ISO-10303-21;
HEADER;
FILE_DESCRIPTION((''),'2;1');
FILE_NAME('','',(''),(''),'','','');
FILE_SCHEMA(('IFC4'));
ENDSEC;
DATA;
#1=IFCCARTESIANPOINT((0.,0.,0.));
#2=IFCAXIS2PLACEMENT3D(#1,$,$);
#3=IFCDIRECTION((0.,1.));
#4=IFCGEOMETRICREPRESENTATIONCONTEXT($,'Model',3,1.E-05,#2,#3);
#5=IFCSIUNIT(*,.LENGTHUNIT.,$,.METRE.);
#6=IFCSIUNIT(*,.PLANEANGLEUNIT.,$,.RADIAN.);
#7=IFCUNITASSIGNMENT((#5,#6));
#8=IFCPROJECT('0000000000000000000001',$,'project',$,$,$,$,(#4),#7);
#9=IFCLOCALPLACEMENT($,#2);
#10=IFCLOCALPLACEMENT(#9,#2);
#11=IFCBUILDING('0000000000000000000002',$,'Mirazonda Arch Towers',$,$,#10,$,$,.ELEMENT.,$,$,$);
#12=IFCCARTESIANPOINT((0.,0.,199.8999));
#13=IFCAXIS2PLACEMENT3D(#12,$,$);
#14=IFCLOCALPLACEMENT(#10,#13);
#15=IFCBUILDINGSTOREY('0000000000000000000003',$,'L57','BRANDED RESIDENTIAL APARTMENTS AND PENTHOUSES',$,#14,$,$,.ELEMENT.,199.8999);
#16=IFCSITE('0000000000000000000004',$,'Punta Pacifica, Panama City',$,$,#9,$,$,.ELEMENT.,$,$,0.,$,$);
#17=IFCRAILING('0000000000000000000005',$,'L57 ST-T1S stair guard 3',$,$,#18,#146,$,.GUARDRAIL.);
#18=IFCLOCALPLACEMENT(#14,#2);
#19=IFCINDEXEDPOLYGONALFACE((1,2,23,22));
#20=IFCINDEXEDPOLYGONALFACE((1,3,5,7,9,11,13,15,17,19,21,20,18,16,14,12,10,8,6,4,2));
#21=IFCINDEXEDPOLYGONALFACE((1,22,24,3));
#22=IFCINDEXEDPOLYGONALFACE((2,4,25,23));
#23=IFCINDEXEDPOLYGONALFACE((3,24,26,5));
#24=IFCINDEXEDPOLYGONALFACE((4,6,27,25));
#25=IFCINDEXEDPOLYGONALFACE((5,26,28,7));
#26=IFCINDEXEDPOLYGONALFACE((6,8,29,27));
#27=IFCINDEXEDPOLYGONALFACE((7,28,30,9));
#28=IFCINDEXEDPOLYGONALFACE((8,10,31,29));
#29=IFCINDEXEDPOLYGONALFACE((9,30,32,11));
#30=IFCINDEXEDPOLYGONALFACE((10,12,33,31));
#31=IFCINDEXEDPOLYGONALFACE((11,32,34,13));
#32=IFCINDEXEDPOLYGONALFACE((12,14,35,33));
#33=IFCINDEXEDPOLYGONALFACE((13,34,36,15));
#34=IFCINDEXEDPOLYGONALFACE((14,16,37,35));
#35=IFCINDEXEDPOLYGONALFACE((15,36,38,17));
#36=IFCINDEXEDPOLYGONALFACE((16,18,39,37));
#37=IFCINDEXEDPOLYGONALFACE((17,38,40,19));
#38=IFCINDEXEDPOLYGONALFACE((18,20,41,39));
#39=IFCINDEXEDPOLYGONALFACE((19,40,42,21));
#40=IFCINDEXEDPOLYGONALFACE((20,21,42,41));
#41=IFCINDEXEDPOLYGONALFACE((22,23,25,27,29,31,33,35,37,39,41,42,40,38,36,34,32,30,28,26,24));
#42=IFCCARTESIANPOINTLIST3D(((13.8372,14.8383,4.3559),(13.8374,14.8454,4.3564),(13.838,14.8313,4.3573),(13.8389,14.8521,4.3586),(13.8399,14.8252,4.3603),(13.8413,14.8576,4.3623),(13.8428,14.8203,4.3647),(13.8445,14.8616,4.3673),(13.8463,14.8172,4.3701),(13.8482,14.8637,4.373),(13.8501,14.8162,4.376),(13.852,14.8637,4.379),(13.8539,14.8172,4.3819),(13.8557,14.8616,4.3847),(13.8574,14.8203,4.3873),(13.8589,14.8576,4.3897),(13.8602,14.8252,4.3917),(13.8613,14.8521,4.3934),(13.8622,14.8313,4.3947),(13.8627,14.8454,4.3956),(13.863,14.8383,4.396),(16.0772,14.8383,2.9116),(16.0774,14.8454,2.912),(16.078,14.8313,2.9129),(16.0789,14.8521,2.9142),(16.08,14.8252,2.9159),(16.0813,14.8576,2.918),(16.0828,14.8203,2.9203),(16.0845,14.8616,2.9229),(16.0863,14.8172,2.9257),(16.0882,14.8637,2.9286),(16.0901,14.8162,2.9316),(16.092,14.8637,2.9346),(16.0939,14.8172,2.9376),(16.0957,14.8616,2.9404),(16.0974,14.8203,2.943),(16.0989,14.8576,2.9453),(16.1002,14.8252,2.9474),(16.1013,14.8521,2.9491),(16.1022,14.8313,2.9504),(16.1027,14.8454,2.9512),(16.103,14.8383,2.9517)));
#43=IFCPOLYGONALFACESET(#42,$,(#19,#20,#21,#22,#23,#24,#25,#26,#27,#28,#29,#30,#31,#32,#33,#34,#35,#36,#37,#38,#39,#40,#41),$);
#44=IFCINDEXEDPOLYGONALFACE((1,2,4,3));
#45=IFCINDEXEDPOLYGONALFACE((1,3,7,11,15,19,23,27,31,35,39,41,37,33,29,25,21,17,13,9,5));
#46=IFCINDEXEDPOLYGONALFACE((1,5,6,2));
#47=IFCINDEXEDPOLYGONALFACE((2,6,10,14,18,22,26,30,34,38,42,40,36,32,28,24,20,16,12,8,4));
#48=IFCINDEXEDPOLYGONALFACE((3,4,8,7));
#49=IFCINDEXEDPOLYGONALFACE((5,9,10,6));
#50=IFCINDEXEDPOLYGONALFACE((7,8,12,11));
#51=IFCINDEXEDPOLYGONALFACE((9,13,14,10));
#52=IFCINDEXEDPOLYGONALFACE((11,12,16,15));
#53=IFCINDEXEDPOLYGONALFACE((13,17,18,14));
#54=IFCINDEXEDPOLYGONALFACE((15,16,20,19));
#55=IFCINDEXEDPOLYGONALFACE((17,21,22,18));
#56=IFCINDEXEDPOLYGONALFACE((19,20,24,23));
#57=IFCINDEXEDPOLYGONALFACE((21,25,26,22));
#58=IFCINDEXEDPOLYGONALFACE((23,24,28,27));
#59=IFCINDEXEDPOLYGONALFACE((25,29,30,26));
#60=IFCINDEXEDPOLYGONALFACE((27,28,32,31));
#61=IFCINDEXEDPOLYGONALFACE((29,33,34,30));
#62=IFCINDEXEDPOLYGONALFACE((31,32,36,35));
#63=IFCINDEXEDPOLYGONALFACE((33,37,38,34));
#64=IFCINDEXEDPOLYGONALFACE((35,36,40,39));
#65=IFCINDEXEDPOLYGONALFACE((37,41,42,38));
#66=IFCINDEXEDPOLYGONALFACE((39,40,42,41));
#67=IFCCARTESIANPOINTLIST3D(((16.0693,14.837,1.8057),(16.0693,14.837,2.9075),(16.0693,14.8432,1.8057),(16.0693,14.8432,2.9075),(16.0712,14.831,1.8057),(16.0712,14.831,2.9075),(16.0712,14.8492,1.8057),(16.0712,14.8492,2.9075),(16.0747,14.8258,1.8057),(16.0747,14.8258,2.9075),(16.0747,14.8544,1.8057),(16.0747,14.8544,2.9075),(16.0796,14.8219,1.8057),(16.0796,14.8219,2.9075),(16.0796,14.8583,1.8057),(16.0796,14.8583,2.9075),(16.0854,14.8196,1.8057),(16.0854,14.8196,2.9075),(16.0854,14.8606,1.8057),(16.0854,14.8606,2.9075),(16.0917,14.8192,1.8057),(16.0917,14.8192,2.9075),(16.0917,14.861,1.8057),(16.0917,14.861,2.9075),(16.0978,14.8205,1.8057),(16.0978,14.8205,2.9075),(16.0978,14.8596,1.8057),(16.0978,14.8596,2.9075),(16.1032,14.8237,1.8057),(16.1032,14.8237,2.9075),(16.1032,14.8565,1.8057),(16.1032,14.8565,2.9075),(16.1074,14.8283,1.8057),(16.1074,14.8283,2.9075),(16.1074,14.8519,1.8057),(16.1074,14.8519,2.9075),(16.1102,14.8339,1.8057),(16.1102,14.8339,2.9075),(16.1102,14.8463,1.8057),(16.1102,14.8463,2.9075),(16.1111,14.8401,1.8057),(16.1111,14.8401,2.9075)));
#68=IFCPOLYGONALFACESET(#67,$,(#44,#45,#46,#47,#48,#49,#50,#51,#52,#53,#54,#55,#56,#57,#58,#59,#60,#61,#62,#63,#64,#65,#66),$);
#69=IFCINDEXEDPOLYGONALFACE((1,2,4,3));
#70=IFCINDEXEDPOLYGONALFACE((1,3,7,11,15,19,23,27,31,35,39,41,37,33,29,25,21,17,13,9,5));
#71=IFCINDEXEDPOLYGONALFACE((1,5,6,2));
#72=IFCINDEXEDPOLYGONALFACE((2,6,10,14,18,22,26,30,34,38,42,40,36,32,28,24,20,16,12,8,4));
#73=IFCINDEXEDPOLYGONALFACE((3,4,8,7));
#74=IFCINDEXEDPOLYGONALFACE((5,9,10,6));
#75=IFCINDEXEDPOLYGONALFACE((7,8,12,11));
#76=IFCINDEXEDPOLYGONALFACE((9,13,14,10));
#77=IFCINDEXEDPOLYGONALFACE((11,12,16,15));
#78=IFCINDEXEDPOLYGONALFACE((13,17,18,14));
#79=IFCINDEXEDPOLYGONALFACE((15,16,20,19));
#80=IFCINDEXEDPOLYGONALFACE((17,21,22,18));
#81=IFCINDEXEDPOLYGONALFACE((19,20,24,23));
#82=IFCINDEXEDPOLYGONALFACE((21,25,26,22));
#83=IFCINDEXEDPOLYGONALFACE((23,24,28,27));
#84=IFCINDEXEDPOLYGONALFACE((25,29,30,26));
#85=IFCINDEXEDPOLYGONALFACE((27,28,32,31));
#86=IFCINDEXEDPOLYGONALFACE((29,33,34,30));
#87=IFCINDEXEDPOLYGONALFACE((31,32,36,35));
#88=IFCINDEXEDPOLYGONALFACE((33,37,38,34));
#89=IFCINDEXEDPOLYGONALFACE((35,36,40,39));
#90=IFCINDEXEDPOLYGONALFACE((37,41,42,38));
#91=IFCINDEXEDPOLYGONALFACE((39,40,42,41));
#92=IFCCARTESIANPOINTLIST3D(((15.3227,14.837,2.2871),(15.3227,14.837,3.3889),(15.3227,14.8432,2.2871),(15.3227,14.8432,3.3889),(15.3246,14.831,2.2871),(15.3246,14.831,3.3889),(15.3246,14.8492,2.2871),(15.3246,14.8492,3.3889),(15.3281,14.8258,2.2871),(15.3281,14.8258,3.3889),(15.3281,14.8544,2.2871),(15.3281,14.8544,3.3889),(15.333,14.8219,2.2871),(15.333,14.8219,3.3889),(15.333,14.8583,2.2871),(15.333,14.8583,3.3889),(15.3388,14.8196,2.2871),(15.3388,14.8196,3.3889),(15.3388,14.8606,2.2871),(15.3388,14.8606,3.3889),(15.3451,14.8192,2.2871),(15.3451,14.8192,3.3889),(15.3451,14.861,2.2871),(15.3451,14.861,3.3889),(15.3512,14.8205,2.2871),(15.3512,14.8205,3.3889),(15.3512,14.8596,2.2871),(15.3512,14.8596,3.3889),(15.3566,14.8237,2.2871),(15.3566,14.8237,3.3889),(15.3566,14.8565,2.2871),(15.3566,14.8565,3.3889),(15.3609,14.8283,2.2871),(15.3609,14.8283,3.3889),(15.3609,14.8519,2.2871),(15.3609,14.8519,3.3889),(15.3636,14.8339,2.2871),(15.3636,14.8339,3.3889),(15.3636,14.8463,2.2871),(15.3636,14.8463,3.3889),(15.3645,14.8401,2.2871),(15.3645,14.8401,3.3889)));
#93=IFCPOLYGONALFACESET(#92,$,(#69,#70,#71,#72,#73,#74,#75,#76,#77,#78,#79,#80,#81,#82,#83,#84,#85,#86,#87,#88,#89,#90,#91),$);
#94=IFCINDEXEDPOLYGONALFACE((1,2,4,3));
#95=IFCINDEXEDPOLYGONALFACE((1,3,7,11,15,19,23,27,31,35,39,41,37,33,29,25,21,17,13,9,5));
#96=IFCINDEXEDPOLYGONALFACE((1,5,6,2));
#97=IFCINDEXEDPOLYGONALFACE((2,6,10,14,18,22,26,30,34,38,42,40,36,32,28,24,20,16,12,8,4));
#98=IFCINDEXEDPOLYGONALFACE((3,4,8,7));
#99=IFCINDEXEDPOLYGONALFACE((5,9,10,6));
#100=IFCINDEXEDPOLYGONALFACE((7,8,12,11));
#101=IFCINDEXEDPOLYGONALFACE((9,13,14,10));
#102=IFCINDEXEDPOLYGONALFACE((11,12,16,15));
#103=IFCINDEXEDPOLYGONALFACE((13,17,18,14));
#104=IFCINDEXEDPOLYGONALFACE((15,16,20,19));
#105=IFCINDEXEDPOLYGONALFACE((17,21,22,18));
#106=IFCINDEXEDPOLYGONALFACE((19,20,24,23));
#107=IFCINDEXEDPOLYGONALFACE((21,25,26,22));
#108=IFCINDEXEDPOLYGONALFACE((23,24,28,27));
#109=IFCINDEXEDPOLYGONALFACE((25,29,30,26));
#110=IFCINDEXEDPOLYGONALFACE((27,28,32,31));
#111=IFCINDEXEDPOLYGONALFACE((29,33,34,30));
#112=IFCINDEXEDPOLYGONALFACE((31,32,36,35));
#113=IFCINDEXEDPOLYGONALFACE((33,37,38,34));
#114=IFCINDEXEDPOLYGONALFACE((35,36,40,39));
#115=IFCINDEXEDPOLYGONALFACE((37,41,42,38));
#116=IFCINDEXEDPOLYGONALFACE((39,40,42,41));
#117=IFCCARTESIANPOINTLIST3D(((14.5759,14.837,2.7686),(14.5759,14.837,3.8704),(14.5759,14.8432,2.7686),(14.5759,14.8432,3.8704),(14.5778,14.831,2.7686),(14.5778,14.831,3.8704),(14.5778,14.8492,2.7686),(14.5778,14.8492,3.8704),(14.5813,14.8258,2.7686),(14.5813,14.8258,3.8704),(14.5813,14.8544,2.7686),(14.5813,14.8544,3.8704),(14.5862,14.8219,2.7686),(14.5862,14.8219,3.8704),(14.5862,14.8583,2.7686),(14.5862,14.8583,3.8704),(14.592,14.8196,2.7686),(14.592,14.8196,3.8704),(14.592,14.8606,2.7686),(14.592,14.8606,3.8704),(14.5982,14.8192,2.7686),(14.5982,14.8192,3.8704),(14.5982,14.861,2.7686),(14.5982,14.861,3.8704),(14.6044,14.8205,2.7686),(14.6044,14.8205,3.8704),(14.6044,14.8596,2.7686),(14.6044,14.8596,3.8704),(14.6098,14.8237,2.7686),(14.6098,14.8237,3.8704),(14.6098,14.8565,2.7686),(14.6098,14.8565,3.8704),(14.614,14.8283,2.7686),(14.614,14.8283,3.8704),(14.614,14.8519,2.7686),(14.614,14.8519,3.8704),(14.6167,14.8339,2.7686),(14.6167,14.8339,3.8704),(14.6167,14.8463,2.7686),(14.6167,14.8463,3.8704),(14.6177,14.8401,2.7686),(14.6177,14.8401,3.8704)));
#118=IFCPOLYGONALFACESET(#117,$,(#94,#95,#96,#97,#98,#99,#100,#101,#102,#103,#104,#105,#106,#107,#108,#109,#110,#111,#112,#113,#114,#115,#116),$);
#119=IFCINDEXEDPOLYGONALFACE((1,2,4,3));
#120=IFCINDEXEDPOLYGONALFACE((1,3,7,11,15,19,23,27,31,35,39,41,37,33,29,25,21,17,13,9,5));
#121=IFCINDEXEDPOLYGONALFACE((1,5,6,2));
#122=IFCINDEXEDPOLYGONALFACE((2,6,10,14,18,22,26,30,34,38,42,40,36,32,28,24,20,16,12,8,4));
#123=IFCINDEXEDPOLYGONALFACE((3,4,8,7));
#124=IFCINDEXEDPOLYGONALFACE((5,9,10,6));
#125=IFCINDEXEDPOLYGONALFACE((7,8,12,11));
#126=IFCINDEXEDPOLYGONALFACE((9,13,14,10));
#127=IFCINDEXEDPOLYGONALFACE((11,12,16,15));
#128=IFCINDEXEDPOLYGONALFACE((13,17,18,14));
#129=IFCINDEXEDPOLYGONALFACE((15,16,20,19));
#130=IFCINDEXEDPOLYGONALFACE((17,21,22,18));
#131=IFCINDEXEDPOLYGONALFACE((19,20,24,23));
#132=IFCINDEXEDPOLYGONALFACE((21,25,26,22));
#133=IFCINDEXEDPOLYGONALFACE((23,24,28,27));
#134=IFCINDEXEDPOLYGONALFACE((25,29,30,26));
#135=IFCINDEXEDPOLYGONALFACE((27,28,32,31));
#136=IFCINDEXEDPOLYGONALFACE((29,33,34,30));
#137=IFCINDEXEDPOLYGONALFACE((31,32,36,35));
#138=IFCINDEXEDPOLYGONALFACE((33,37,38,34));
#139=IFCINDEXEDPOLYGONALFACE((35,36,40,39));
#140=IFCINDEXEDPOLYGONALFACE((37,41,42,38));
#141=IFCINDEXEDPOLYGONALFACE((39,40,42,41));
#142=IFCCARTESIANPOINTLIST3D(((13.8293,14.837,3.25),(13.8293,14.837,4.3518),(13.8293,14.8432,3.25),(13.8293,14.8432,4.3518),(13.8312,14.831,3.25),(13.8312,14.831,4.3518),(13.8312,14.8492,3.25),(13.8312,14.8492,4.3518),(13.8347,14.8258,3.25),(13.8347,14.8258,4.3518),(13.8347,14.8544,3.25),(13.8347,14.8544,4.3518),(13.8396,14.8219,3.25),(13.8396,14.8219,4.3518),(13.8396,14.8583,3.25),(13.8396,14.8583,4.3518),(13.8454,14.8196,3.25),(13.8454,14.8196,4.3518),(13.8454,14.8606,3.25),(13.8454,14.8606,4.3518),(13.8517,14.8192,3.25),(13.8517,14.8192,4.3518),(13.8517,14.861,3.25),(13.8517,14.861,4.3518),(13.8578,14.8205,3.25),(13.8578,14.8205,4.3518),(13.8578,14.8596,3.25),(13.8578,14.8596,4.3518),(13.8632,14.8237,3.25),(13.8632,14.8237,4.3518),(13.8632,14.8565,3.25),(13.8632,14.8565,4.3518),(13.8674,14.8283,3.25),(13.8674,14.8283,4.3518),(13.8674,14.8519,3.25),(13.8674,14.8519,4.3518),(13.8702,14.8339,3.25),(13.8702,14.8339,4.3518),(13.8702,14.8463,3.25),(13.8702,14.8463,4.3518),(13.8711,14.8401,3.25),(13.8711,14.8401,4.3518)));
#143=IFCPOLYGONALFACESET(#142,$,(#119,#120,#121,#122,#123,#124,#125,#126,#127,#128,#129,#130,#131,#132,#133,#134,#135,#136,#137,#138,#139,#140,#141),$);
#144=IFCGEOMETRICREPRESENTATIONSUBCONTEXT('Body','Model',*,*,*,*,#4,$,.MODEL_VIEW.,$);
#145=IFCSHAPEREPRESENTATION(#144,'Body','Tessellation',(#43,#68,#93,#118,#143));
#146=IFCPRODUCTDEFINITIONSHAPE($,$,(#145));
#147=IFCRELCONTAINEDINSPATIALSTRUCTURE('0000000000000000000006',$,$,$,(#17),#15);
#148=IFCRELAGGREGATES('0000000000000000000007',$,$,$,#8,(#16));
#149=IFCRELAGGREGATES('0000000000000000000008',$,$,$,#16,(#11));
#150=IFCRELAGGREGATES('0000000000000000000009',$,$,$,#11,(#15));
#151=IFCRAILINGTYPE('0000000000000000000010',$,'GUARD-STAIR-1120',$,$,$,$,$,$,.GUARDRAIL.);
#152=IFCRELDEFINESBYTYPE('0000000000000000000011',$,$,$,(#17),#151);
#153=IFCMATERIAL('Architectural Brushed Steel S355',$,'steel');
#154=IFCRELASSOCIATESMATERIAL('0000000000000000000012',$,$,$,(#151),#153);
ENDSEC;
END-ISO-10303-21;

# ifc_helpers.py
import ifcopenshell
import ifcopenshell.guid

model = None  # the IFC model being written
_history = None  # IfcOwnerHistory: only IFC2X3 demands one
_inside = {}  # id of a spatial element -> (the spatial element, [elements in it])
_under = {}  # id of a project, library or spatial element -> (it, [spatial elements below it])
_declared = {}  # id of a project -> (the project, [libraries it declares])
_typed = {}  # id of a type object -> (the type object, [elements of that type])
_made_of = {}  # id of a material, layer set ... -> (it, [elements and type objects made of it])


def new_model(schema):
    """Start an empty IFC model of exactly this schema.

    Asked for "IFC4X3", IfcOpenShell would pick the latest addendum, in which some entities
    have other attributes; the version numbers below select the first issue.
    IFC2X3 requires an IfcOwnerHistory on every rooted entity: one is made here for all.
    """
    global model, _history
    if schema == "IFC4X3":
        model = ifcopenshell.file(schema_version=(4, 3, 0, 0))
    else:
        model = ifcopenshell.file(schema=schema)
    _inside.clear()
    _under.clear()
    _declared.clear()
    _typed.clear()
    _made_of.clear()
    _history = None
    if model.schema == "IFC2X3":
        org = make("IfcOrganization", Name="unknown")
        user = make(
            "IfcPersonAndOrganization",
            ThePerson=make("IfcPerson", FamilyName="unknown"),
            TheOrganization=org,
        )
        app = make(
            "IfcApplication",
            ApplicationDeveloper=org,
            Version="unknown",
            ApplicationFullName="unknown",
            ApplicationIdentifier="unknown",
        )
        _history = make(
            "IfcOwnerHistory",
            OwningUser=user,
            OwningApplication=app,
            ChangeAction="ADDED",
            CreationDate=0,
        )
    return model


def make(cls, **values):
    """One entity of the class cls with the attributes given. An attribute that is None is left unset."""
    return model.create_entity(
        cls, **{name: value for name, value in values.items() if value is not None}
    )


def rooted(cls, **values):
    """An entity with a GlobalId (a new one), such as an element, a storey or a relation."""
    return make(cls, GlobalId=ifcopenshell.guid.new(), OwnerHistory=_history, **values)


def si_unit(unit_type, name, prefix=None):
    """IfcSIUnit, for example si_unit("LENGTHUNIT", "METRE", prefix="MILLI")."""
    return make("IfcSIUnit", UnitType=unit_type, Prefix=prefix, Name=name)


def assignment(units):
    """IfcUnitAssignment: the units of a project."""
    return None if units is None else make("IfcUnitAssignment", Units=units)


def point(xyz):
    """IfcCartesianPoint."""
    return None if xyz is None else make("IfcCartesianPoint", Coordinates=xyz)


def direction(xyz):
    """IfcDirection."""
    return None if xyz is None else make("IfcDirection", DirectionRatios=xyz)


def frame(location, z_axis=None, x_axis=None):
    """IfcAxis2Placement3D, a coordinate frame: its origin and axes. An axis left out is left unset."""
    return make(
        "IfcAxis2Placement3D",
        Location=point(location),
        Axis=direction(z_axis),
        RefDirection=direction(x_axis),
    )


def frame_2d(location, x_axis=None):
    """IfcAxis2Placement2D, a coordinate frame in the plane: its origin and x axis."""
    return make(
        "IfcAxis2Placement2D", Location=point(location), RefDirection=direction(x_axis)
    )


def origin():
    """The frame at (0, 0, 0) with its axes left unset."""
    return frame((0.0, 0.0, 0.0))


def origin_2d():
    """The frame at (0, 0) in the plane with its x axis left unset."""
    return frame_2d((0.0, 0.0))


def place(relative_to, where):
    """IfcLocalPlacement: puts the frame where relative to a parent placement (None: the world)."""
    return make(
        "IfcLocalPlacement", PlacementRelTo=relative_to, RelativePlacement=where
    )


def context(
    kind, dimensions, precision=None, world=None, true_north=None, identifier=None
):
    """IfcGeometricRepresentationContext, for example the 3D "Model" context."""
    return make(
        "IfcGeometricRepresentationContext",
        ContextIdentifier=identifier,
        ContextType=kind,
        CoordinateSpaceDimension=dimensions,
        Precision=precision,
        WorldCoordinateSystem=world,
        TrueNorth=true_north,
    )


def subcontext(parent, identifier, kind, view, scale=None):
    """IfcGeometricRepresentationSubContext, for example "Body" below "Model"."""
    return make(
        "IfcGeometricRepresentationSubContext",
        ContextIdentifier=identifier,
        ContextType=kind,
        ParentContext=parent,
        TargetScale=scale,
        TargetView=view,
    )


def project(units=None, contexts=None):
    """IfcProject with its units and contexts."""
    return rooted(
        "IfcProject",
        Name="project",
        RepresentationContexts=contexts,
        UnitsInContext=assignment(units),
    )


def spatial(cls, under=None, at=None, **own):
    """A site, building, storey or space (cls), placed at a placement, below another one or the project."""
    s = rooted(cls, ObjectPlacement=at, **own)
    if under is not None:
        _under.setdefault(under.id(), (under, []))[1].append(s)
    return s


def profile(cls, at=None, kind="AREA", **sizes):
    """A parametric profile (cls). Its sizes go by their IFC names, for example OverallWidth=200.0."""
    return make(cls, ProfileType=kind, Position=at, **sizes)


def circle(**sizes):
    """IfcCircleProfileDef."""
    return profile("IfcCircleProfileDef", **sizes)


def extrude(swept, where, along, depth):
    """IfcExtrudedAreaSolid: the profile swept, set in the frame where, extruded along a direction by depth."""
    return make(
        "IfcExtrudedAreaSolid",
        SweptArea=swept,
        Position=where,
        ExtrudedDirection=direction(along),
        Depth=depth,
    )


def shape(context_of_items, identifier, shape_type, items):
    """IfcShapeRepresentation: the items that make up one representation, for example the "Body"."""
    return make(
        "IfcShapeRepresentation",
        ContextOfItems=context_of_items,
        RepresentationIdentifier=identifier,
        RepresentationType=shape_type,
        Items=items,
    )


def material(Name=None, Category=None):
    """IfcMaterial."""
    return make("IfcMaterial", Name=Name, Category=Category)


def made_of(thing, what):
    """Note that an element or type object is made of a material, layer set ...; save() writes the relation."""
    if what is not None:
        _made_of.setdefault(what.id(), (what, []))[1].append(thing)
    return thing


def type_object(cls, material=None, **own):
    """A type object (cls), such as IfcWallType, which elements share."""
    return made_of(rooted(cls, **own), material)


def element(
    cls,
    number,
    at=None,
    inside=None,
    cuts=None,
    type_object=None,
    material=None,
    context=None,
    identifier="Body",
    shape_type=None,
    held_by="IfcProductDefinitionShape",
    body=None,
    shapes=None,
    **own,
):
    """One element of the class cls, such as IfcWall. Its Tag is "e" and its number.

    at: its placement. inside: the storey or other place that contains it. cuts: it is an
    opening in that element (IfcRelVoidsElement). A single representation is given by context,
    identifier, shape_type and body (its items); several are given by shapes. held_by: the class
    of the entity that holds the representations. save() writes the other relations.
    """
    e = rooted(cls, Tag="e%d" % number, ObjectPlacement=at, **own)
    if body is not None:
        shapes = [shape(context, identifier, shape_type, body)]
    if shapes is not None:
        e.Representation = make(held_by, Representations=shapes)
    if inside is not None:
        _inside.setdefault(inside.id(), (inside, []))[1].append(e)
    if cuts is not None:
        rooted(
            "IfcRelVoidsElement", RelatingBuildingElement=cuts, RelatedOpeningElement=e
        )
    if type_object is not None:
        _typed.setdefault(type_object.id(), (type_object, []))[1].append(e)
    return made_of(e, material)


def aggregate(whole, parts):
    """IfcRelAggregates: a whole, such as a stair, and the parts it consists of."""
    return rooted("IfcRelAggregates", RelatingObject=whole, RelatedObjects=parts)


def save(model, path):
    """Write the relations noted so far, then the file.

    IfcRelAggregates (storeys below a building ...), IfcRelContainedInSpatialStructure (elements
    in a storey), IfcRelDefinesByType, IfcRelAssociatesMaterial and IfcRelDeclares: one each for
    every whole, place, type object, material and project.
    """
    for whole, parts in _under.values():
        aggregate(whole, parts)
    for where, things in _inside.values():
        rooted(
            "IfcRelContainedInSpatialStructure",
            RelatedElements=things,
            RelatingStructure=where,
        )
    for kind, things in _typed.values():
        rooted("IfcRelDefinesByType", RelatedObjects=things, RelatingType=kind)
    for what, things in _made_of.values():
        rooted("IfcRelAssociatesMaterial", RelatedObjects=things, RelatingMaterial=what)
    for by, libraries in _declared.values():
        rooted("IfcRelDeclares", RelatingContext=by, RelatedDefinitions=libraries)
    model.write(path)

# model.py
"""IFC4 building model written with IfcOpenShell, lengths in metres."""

from ifc_helpers import new_model, si_unit, direction, frame, origin, origin_2d, place, context, subcontext, project, spatial, circle, extrude, material, type_object, element, save


model = new_model("IFC4")

# Units and contexts
model_context = context("Model", 3, precision=1e-05, world=origin(), true_north=direction((0.0, 1.0)))
body_context = subcontext(model_context, "Body", "Model", "MODEL_VIEW")
ifc_project = project(units=[si_unit("LENGTHUNIT", "METRE"), si_unit("PLANEANGLEUNIT", "RADIAN")], contexts=[model_context])

# Site, building, storey
site_placement = place(None, origin())
site = spatial("IfcSite", under=ifc_project, at=site_placement, Name="Punta Pacifica, Panama City", CompositionType="ELEMENT", RefElevation=0.0)
building_placement = place(site_placement, origin())
building = spatial("IfcBuilding", under=site, at=building_placement, Name="Mirazonda Arch Towers", CompositionType="ELEMENT")
storey_placement = place(building_placement, frame((0.0, 0.0, 199.8999)))
storey = spatial("IfcBuildingStorey", under=building, at=storey_placement, Name="L57", Description="BRANDED RESIDENTIAL APARTMENTS AND PENTHOUSES", CompositionType="ELEMENT", Elevation=199.8999)

# Shared definitions
ifc_material_1 = material(Name="Architectural Brushed Steel S355", Category="steel")

# Railing
railing_type_1 = type_object("IfcRailingType", Name="GUARD-STAIR-1120", PredefinedType="GUARDRAIL", material=ifc_material_1)
railing_1_placement = place(storey_placement, frame((16.0901, 14.8401, 1.8057)))
element("IfcRailing", 1, at=railing_1_placement, inside=storey, type_object=railing_type_1, Name="L57 ST-T1S stair guard 3", PredefinedType="GUARDRAIL", context=body_context, shape_type="SweptSolid", body=[
    extrude(circle(Radius=0.0239, at=origin_2d()), frame((0.0, 0.0, 1.126), z_axis=(-0.840437, 0.0, 0.54191), x_axis=(0.0, -1.0, 0.0)), (0.0, 0.0, 1.0), 2.6653),
    extrude(circle(Radius=0.021, at=origin_2d()), origin(), (0.0, 0.0, 1.0), 1.1018),
    extrude(circle(Radius=0.021, at=origin_2d()), frame((-0.7466, 0.0, 0.4814)), (0.0, 0.0, 1.0), 1.1018),
    extrude(circle(Radius=0.021, at=origin_2d()), frame((-1.4934, 0.0, 0.9629)), (0.0, 0.0, 1.0), 1.1018),
    extrude(circle(Radius=0.021, at=origin_2d()), frame((-2.24, 0.0, 1.4443)), (0.0, 0.0, 1.0), 1.1018),
])

save(model, "model.ifc")
